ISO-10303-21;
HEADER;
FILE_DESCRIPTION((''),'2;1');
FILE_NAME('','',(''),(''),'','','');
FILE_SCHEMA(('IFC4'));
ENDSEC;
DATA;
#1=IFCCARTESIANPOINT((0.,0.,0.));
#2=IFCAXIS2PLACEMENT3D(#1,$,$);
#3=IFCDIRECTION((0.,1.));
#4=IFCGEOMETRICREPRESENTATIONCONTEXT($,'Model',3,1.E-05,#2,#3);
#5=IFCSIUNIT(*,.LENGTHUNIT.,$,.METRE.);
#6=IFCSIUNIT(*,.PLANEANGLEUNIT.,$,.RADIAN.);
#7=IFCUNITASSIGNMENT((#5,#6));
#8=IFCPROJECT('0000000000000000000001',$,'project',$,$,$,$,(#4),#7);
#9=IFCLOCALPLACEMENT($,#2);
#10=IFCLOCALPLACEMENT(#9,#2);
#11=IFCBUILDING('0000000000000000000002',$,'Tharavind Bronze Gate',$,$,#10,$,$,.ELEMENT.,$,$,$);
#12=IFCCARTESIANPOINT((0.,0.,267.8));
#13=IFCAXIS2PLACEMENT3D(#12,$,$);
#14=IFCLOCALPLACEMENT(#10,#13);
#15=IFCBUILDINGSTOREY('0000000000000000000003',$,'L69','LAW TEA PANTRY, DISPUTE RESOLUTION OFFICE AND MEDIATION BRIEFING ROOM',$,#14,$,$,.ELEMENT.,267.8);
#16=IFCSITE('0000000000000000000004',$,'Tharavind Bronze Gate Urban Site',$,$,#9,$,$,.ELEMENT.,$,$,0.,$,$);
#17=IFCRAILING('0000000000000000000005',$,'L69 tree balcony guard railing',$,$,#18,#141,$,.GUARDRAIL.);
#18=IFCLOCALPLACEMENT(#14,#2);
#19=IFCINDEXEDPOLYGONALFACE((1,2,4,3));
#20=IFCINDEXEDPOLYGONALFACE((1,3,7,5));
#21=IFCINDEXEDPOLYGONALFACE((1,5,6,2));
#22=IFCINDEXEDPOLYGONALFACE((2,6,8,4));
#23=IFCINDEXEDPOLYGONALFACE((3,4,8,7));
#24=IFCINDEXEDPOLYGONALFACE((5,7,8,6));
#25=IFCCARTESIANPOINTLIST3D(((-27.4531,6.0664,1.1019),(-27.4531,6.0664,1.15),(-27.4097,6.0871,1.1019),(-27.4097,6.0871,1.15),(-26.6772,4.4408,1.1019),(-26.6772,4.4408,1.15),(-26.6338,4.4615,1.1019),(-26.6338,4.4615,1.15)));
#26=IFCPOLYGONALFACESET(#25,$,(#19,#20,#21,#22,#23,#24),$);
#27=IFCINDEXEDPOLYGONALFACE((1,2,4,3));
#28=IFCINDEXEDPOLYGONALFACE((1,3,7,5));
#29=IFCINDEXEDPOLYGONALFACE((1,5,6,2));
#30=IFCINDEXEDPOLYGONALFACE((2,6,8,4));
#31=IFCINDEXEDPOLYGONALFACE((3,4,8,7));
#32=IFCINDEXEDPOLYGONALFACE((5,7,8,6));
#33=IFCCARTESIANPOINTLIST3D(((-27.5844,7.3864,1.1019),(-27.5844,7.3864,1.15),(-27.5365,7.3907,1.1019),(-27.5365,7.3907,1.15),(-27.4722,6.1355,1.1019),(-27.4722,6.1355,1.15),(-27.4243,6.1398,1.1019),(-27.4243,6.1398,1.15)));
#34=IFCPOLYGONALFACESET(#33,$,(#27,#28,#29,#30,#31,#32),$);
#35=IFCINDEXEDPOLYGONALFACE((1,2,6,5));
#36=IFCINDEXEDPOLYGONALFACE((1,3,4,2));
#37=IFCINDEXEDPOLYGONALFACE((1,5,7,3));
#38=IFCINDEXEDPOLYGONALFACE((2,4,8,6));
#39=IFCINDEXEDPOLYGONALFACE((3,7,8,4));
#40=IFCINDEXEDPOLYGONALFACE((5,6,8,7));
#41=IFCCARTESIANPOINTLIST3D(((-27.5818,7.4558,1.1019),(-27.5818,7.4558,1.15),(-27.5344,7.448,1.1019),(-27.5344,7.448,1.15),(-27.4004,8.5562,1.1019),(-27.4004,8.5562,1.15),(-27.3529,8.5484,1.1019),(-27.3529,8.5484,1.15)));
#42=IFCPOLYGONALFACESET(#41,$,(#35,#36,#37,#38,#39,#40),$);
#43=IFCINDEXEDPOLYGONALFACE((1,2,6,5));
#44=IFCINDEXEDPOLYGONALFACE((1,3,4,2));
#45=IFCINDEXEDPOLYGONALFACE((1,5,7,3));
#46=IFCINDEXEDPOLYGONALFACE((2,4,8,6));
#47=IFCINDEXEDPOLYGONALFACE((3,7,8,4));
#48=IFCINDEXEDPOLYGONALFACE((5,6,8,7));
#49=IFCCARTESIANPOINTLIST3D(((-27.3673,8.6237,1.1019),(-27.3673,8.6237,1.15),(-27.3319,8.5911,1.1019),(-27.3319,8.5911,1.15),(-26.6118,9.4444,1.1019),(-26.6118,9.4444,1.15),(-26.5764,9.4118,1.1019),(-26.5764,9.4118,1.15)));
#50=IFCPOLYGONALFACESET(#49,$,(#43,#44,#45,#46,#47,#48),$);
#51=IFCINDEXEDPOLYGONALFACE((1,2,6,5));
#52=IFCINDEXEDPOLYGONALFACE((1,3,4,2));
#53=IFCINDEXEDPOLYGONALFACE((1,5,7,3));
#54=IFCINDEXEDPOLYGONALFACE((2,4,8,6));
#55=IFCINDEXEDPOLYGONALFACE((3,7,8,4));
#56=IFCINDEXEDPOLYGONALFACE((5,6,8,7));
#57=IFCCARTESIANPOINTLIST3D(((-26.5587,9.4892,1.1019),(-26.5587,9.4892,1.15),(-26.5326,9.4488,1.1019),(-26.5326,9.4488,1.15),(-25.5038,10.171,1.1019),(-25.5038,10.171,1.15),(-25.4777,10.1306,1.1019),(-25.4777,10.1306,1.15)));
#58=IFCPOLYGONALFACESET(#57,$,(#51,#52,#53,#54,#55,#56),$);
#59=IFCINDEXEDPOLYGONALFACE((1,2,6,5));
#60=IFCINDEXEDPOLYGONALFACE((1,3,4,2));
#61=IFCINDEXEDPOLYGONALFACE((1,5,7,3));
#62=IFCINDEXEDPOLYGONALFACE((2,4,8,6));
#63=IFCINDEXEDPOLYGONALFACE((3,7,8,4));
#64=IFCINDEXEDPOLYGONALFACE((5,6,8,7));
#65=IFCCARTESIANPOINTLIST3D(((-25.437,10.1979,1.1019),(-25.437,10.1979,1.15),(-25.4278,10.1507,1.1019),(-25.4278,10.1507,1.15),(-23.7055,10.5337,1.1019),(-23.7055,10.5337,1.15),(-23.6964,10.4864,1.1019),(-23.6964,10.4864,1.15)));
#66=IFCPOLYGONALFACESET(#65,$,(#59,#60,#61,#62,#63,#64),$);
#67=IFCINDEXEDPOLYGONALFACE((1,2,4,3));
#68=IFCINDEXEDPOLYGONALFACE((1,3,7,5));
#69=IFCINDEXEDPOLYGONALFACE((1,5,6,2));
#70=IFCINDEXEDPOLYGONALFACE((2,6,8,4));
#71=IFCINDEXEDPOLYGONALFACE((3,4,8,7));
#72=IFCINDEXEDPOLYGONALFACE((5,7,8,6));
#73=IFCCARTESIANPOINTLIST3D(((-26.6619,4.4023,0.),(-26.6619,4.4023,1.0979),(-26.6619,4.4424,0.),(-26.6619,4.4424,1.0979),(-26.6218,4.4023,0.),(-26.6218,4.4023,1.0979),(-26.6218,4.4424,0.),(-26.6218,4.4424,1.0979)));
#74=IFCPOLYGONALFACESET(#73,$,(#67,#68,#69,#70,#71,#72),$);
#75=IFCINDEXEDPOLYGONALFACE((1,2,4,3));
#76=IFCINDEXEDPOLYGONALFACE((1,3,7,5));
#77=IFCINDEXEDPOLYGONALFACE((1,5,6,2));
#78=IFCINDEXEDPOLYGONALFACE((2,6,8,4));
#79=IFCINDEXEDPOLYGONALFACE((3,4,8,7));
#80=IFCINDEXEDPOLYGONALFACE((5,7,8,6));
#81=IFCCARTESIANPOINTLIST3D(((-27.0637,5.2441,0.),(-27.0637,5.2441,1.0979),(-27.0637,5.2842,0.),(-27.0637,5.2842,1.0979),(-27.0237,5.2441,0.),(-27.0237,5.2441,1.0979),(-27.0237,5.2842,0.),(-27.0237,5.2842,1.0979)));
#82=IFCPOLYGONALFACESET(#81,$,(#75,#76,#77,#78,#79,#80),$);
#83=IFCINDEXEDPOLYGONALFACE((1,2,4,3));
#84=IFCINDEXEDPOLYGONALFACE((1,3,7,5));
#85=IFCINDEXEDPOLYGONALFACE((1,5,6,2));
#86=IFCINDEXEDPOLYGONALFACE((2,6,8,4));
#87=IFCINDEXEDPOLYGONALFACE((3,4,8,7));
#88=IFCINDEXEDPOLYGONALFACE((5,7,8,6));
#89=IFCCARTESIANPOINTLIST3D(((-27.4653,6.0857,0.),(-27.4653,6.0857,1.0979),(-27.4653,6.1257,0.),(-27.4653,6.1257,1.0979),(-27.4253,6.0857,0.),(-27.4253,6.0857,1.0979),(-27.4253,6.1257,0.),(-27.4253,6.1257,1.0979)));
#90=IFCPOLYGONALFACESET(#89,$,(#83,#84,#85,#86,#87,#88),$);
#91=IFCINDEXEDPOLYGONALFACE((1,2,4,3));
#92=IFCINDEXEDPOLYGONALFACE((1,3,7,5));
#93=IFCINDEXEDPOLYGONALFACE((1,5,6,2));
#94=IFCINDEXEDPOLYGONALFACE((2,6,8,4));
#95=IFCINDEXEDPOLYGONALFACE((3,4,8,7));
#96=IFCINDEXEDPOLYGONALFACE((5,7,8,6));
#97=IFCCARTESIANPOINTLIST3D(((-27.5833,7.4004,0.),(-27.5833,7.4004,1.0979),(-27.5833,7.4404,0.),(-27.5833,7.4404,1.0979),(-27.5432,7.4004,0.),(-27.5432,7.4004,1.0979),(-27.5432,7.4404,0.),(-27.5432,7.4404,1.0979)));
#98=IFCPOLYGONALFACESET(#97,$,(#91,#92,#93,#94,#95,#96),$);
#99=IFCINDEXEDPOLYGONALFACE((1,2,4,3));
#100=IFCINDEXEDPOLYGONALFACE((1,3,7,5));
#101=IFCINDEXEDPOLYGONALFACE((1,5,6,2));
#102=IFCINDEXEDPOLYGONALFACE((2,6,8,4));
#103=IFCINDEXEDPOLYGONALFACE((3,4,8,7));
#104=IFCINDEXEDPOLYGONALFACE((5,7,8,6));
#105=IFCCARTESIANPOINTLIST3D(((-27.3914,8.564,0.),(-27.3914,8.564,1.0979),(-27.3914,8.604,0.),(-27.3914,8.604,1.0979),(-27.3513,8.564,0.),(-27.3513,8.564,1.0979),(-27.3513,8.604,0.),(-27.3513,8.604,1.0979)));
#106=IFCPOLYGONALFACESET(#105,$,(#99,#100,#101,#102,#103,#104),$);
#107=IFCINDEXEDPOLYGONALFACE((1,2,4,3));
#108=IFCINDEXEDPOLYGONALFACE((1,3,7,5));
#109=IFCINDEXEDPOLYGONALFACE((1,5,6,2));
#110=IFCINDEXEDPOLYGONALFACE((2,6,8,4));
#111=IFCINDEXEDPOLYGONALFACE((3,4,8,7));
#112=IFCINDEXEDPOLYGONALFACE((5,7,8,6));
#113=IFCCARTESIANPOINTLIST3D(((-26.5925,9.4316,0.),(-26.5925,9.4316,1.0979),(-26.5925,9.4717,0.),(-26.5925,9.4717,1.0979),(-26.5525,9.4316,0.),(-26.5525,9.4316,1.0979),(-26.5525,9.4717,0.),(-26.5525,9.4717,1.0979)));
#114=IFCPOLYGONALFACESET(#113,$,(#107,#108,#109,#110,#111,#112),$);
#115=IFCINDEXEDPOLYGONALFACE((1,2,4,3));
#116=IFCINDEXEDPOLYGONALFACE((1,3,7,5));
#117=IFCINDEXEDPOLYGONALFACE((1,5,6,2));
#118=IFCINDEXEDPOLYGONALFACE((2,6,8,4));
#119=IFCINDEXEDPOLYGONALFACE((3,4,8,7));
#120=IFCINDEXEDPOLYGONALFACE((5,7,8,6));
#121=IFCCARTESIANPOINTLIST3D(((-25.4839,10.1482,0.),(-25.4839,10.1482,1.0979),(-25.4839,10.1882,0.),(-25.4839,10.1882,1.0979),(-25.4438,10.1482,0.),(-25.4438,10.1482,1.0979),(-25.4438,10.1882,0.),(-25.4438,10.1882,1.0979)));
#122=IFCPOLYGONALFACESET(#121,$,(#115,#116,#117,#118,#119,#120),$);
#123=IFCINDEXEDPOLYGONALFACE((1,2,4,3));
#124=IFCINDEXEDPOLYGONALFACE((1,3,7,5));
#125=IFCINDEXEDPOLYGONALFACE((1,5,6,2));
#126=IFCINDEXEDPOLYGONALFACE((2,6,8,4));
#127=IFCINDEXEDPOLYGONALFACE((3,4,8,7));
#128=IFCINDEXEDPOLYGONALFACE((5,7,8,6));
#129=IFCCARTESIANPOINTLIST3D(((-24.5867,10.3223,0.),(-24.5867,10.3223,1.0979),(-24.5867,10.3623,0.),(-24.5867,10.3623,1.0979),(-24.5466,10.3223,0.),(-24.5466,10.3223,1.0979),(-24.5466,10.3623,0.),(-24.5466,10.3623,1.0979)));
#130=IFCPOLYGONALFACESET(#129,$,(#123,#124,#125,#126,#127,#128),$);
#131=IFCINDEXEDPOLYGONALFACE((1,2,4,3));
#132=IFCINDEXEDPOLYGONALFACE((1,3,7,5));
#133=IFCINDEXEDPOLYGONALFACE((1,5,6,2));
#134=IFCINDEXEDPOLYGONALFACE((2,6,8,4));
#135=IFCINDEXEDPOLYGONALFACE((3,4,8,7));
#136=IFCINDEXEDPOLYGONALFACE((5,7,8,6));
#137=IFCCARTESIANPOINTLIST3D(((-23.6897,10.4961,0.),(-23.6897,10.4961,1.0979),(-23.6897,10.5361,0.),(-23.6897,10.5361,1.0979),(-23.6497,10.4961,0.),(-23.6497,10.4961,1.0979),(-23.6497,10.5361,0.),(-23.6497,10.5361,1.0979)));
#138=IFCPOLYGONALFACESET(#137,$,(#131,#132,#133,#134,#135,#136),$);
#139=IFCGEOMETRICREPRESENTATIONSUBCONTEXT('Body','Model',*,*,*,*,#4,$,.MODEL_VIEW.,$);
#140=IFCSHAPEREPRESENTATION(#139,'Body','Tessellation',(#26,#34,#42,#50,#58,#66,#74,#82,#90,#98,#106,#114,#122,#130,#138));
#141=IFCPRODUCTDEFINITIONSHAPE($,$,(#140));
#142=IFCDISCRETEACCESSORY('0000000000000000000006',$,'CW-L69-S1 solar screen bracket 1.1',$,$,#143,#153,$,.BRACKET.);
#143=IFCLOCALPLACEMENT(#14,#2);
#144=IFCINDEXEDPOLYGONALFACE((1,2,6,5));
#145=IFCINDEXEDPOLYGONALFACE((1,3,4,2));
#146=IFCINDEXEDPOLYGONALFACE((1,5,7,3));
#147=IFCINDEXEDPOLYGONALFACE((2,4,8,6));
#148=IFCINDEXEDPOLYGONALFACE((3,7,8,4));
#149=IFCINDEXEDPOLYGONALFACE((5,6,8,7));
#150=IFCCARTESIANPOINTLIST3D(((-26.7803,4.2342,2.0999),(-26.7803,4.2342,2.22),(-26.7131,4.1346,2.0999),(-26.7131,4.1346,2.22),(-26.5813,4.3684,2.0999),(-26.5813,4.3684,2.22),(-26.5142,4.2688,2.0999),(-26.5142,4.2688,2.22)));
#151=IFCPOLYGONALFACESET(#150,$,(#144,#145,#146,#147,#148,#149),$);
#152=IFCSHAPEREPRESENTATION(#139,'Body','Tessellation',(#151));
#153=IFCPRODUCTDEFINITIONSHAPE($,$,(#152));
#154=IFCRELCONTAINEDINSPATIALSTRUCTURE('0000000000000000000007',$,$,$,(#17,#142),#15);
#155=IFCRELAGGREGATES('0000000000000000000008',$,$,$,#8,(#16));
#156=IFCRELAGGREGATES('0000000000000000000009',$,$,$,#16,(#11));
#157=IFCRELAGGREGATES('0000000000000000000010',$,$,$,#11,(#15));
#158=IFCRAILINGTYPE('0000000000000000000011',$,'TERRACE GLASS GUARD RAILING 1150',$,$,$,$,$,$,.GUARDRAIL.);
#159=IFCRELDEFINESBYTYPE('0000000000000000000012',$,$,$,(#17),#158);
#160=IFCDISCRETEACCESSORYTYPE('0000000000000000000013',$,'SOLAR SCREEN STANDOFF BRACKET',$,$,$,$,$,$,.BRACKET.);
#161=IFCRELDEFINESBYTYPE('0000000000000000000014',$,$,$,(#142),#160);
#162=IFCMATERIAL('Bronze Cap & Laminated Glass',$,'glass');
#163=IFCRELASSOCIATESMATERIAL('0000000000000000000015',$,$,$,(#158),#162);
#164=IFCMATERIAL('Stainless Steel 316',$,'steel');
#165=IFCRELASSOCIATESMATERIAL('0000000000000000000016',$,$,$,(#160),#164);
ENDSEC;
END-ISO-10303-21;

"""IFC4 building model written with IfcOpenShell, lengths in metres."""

from ifc_helpers import new_model, si_unit, direction, frame, origin, origin_2d, place, context, subcontext, project, spatial, rectangle, extrude, material, type_object, element, save


model = new_model("IFC4")

# Units and contexts
model_context = context("Model", 3, precision=1e-05, world=origin(), true_north=direction((0.0, 1.0)))
body_context = subcontext(model_context, "Body", "Model", "MODEL_VIEW")
ifc_project = project(units=[si_unit("LENGTHUNIT", "METRE"), si_unit("PLANEANGLEUNIT", "RADIAN")], contexts=[model_context])

# Site, building, storey
site_placement = place(None, origin())
site = spatial("IfcSite", under=ifc_project, at=site_placement, Name="Tharavind Bronze Gate Urban Site", CompositionType="ELEMENT", RefElevation=0.0)
building_placement = place(site_placement, origin())
building = spatial("IfcBuilding", under=site, at=building_placement, Name="Tharavind Bronze Gate", CompositionType="ELEMENT")
storey_placement = place(building_placement, frame((0.0, 0.0, 267.8)))
storey = spatial("IfcBuildingStorey", under=building, at=storey_placement, Name="L69", Description="LAW TEA PANTRY, DISPUTE RESOLUTION OFFICE AND MEDIATION BRIEFING ROOM", CompositionType="ELEMENT", Elevation=267.8)

# Railing
ifc_material_1 = material(Name="Bronze Cap & Laminated Glass", Category="glass")
railing_type = type_object("IfcRailingType", Name="TERRACE GLASS GUARD RAILING 1150", PredefinedType="GUARDRAIL", material=ifc_material_1)
railing_placement = place(storey_placement, frame((-26.6418, 4.4224, 0.0)))
element("IfcRailing", 1, at=railing_placement, inside=storey, type_object=railing_type, Name="L69 tree balcony guard railing", PredefinedType="GUARDRAIL", context=body_context, shape_type="SweptSolid", body=[
    extrude(rectangle(XDim=0.0481, YDim=0.0481, at=origin_2d()), frame((-0.0137, 0.0288, 1.126), z_axis=(-0.430751, 0.902471, 0.0), x_axis=(-0.902471, -0.430751, 0.0)), (0.0, 0.0, 1.0), 1.8013),
    extrude(rectangle(XDim=0.0481, YDim=0.0481, at=origin_2d()), frame((-0.8064, 1.7153, 1.126), z_axis=(-0.089335, 0.996002, 0.0), x_axis=(-0.996002, -0.089335, 0.0)), (0.0, 0.0, 1.0), 1.2559),
    extrude(rectangle(XDim=0.0481, YDim=0.0481, at=origin_2d()), frame((-0.9163, 3.0295, 1.126), z_axis=(0.16272, 0.986672, 0.0), x_axis=(-0.986672, 0.16272, 0.0)), (0.0, 0.0, 1.0), 1.1152),
    extrude(rectangle(XDim=0.0481, YDim=0.0481, at=origin_2d()), frame((-0.7078, 4.1851, 1.126), z_axis=(0.677317, 0.735692, 0.0), x_axis=(-0.735692, 0.677317, 0.0)), (0.0, 0.0, 1.0), 1.1155),
    extrude(rectangle(XDim=0.0481, YDim=0.0481, at=origin_2d()), frame((0.0962, 5.0466, 1.126), z_axis=(0.839848, 0.542822, 0.0), x_axis=(-0.542822, 0.839848, 0.0)), (0.0, 0.0, 1.0), 1.2561),
    extrude(rectangle(XDim=0.0481, YDim=0.0481, at=origin_2d()), frame((1.2095, 5.752, 1.126), z_axis=(0.981715, 0.190358, 0.0), x_axis=(-0.190358, 0.981715, 0.0)), (0.0, 0.0, 1.0), 1.7637),
    extrude(rectangle(XDim=0.04, YDim=0.04, at=origin_2d()), origin(), (0.0, 0.0, 1.0), 1.0979),
    extrude(rectangle(XDim=0.04, YDim=0.04, at=origin_2d()), frame((-0.4019, 0.8418, 0.0)), (0.0, 0.0, 1.0), 1.0979),
    extrude(rectangle(XDim=0.04, YDim=0.04, at=origin_2d()), frame((-0.8035, 1.6833, 0.0)), (0.0, 0.0, 1.0), 1.0979),
    extrude(rectangle(XDim=0.04, YDim=0.04, at=origin_2d()), frame((-0.9214, 2.998, 0.0)), (0.0, 0.0, 1.0), 1.0979),
    extrude(rectangle(XDim=0.04, YDim=0.04, at=origin_2d()), frame((-0.7295, 4.1616, 0.0)), (0.0, 0.0, 1.0), 1.0979),
    extrude(rectangle(XDim=0.04, YDim=0.04, at=origin_2d()), frame((0.0693, 5.0293, 0.0)), (0.0, 0.0, 1.0), 1.0979),
    extrude(rectangle(XDim=0.04, YDim=0.04, at=origin_2d()), frame((1.178, 5.7458, 0.0)), (0.0, 0.0, 1.0), 1.0979),
    extrude(rectangle(XDim=0.04, YDim=0.04, at=origin_2d()), frame((2.0752, 5.9199, 0.0)), (0.0, 0.0, 1.0), 1.0979),
    extrude(rectangle(XDim=0.04, YDim=0.04, at=origin_2d()), frame((2.9722, 6.0938, 0.0)), (0.0, 0.0, 1.0), 1.0979),
])

# Discrete accessory
ifc_material_2 = material(Name="Stainless Steel 316", Category="steel")
discrete_accessory_type = type_object("IfcDiscreteAccessoryType", Name="SOLAR SCREEN STANDOFF BRACKET", PredefinedType="BRACKET", material=ifc_material_2)
discrete_accessory_placement = place(storey_placement, frame((-26.6472, 4.2515, 2.0999), z_axis=(0.0, 0.0, 1.0), x_axis=(0.559191, -0.829039, 0.0)))
element("IfcDiscreteAccessory", 2, at=discrete_accessory_placement, inside=storey, type_object=discrete_accessory_type, Name="CW-L69-S1 solar screen bracket 1.1", PredefinedType="BRACKET", context=body_context, shape_type="SweptSolid", body=[
    extrude(rectangle(XDim=0.1201, YDim=0.24, at=origin_2d()), origin(), (0.0, 0.0, 1.0), 0.1201),
])

save(model, "model.ifc")
